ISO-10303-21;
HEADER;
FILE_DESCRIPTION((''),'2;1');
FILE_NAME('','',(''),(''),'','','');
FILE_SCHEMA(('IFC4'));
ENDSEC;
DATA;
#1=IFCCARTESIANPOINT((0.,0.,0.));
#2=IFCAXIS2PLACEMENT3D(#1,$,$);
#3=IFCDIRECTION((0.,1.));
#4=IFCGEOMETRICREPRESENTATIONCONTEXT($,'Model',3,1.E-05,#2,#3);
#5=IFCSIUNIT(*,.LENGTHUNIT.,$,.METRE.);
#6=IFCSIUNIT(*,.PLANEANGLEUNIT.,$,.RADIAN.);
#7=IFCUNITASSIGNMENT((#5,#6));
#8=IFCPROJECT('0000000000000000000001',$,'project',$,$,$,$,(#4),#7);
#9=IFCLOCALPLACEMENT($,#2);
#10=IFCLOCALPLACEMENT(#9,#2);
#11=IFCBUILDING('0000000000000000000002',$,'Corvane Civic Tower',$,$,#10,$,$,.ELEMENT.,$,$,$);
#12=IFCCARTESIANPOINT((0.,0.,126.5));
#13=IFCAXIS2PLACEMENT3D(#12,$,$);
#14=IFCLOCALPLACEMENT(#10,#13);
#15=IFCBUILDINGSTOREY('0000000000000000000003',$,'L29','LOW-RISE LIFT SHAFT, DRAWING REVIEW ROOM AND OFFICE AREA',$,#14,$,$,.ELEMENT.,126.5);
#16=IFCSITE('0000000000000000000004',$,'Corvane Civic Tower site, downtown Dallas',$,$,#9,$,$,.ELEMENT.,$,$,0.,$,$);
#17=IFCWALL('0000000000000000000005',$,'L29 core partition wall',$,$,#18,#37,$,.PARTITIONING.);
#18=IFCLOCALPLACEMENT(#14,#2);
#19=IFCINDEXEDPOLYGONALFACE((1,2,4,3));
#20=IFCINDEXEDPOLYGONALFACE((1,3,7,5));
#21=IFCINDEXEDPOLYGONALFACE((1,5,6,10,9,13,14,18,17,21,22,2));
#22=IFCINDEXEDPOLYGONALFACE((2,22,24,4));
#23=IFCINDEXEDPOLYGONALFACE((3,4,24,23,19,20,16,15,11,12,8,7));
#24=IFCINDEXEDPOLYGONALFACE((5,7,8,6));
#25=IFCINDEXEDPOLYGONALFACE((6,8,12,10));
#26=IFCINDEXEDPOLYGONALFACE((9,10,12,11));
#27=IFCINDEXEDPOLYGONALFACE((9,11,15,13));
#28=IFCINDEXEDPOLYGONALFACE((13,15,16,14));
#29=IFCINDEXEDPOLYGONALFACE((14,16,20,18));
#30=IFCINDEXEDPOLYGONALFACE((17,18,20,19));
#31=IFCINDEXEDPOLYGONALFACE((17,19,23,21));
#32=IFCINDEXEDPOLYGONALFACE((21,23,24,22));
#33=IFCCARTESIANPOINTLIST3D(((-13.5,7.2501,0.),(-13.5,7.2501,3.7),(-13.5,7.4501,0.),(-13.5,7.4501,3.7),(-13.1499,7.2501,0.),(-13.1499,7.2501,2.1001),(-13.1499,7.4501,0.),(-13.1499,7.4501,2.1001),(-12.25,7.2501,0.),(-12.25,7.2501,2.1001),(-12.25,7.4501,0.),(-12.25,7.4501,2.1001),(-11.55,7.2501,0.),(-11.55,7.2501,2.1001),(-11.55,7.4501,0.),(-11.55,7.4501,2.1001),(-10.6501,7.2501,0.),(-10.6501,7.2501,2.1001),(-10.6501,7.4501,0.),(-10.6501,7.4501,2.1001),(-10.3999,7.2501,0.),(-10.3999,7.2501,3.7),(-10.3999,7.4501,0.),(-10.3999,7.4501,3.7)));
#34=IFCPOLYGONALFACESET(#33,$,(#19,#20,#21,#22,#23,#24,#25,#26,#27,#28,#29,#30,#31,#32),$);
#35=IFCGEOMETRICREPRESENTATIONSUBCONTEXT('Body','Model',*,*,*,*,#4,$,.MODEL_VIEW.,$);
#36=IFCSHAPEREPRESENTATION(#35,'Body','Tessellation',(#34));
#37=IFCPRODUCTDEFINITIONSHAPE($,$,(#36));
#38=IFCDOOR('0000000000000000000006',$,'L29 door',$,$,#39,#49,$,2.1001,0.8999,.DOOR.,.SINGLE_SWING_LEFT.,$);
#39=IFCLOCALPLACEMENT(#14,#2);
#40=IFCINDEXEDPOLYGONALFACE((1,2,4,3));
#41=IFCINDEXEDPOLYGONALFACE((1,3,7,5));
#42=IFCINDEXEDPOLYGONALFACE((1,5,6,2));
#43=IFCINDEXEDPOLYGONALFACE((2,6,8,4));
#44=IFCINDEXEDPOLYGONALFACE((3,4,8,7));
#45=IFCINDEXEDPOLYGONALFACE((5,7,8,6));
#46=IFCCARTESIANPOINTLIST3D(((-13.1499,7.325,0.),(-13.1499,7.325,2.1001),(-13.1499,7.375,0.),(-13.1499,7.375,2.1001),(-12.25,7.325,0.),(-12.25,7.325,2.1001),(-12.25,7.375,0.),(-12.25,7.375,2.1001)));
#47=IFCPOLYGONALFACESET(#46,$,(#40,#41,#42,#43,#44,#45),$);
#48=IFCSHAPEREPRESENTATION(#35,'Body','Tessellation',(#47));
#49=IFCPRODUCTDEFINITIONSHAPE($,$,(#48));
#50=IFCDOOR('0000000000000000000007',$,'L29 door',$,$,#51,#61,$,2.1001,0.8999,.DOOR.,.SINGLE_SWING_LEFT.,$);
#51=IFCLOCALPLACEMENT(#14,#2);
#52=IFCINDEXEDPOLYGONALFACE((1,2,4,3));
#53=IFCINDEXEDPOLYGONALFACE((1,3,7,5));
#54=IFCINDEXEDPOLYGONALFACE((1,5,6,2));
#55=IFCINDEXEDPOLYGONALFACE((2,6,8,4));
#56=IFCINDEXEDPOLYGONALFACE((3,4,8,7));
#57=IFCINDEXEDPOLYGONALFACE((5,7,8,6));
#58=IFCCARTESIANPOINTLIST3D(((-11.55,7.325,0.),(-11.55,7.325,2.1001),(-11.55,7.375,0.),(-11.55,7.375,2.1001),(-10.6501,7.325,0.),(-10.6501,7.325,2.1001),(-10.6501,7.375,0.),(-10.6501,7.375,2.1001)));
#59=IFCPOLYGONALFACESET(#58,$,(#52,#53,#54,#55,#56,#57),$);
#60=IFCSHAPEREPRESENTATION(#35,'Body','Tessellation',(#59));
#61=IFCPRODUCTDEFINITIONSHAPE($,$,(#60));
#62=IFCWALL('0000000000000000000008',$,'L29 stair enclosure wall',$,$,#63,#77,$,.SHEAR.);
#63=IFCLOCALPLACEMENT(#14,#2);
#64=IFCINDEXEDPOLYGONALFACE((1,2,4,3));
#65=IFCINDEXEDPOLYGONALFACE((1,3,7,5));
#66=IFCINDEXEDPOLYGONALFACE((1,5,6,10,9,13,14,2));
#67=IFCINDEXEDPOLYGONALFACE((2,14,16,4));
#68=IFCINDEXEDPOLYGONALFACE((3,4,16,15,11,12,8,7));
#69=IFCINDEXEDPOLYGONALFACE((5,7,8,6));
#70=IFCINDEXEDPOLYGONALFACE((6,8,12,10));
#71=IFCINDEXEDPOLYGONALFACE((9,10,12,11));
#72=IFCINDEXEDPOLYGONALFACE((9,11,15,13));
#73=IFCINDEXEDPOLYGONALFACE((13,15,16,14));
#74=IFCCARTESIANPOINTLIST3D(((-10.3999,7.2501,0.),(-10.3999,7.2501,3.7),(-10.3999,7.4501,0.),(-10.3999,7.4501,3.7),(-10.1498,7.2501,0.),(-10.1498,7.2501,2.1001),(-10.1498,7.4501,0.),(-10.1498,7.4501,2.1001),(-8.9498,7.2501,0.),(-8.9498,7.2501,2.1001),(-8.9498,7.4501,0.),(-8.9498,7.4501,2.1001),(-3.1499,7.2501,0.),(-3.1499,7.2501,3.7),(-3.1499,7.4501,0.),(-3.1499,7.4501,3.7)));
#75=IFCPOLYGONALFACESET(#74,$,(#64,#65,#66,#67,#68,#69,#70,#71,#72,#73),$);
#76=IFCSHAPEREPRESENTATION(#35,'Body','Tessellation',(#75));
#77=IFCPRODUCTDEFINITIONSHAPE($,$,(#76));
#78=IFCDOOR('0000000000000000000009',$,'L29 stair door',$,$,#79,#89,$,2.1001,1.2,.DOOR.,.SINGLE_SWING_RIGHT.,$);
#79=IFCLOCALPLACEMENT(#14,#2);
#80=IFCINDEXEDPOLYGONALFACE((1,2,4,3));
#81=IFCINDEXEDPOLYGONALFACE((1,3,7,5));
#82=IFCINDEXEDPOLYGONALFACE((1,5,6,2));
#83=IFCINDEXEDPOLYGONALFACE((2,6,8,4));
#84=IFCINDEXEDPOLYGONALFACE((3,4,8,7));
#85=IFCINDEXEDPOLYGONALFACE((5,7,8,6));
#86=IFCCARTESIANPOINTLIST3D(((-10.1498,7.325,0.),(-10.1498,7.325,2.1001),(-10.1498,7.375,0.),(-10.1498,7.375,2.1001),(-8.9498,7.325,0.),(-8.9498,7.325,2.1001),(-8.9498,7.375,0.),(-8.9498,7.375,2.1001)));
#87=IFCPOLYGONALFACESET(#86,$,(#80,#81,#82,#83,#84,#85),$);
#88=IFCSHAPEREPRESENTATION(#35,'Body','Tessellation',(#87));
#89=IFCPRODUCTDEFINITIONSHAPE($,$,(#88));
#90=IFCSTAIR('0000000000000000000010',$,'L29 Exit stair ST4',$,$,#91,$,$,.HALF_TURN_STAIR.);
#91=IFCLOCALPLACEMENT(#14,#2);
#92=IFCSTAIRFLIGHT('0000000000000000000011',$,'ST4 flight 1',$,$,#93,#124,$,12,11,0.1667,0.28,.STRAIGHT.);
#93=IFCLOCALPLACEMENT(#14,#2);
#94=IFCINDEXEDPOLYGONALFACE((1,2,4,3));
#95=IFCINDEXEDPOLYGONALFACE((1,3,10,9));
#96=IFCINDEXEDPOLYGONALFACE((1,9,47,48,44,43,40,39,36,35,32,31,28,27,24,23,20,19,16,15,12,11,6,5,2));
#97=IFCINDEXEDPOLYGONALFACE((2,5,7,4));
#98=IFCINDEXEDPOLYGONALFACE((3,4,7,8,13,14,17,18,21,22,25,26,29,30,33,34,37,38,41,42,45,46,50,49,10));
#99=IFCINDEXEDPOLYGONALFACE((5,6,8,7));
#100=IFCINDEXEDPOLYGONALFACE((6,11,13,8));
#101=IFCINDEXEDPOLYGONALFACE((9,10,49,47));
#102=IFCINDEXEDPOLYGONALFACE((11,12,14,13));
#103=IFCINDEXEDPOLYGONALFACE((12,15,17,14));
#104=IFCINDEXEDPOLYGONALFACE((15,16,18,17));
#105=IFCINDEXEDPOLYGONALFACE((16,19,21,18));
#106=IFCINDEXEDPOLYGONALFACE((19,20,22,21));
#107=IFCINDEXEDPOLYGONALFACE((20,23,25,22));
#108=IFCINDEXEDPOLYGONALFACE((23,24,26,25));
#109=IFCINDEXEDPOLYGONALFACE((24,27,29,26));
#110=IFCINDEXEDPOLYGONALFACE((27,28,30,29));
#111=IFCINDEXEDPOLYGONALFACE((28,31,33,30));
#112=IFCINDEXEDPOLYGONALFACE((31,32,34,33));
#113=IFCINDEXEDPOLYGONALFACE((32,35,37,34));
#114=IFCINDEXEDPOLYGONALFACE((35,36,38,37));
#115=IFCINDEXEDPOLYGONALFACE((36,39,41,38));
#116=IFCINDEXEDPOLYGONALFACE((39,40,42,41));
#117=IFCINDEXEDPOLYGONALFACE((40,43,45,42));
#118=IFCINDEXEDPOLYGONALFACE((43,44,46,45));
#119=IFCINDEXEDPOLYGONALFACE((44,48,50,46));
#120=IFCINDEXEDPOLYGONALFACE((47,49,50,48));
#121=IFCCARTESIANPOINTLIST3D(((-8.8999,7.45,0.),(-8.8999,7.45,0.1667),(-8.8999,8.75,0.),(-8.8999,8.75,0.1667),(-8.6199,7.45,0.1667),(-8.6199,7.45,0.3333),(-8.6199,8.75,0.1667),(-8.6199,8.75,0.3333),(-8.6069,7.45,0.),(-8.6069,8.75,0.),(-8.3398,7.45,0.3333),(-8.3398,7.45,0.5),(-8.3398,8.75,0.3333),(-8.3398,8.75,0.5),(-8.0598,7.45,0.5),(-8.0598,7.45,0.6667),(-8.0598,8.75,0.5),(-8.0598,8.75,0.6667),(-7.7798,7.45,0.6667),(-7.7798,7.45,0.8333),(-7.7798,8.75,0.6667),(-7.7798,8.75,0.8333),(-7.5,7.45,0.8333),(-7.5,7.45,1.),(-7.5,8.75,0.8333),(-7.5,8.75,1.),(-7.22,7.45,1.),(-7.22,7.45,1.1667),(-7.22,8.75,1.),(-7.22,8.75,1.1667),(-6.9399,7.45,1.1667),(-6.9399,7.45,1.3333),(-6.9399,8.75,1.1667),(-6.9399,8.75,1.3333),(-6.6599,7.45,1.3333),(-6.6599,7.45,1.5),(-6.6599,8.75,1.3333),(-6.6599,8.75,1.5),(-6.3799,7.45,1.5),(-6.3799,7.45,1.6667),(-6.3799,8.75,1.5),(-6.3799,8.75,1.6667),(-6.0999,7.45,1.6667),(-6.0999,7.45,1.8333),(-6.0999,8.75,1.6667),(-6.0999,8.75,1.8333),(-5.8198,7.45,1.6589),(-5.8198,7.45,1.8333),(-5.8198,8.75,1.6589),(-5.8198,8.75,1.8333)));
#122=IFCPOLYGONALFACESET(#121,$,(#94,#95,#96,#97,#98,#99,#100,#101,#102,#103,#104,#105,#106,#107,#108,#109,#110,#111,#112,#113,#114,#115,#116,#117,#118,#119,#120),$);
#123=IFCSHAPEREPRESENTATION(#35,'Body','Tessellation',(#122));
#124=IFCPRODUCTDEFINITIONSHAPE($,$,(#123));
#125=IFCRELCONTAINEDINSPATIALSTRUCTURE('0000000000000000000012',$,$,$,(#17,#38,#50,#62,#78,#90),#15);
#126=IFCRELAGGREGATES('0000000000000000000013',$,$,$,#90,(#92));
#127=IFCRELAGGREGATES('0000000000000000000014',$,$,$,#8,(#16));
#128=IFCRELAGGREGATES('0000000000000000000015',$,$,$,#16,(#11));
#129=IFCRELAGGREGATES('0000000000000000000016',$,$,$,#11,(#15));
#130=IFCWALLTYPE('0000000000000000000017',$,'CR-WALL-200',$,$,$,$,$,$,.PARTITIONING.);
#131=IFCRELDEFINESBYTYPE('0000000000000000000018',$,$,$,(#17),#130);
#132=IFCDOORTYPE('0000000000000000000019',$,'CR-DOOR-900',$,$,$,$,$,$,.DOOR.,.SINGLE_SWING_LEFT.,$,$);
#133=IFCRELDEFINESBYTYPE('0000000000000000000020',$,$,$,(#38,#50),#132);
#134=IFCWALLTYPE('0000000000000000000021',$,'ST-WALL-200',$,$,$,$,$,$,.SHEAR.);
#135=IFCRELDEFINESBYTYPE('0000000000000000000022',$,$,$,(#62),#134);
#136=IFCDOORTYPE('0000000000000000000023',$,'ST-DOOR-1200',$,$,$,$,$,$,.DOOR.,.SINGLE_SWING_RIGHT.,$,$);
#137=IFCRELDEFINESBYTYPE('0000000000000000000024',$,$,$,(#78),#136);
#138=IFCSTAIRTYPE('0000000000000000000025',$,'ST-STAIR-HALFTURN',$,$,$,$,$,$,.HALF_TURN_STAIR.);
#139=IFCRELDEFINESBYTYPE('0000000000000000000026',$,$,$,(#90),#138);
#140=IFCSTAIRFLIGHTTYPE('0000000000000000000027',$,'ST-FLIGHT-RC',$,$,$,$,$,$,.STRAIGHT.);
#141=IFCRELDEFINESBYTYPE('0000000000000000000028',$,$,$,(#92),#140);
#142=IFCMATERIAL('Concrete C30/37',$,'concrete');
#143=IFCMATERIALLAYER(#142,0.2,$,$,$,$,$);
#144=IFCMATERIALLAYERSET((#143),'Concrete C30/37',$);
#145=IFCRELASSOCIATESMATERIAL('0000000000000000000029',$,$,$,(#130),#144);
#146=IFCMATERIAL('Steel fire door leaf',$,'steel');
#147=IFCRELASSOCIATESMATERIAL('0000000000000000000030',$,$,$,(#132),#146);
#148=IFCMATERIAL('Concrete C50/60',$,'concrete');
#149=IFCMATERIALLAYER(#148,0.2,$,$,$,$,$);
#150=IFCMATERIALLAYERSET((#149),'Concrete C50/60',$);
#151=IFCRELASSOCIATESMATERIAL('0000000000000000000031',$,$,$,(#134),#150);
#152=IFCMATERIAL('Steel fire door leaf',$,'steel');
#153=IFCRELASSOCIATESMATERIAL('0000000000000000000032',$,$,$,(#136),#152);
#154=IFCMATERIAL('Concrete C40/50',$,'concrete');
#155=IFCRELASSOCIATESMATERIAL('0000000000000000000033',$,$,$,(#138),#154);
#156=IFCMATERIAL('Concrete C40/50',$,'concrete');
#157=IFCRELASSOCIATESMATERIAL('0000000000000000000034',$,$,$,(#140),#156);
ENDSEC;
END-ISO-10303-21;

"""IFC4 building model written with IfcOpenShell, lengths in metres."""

from ifc_helpers import new_model, si_unit, direction, frame, frame_2d, origin, place, context, subcontext, project, spatial, polyline, rectangle, outline, extrude, material, layer, layer_set, type_object, element, fill, aggregate, save


model = new_model("IFC4")

# Units and contexts
model_context = context("Model", 3, precision=1e-05, world=origin(), true_north=direction((0.0, 1.0)))
body_context = subcontext(model_context, "Body", "Model", "MODEL_VIEW")
ifc_project = project(units=[si_unit("LENGTHUNIT", "METRE"), si_unit("PLANEANGLEUNIT", "RADIAN")], contexts=[model_context])

# Site, building, storey
site_placement = place(None, origin())
site = spatial("IfcSite", under=ifc_project, at=site_placement, Name="Corvane Civic Tower site, downtown Dallas", CompositionType="ELEMENT", RefElevation=0.0)
building_placement = place(site_placement, origin())
building = spatial("IfcBuilding", under=site, at=building_placement, Name="Corvane Civic Tower", CompositionType="ELEMENT")
storey_placement = place(building_placement, frame((0.0, 0.0, 126.5)))
storey = spatial("IfcBuildingStorey", under=building, at=storey_placement, Name="L29", Description="LOW-RISE LIFT SHAFT, DRAWING REVIEW ROOM AND OFFICE AREA", CompositionType="ELEMENT", Elevation=126.5)

# Wall, openings, doors
ifc_material_1 = material(Name="Concrete C30/37", Category="concrete")
ifc_layer_1 = layer(ifc_material_1, 0.2)
ifc_layer_set_1 = layer_set([ifc_layer_1], Name="Concrete C30/37")
wall_type_1 = type_object("IfcWallType", Name="CR-WALL-200", PredefinedType="PARTITIONING", material=ifc_layer_set_1)
ifc_material_2 = material(Name="Steel fire door leaf", Category="steel")
door_type_1 = type_object("IfcDoorType", Name="CR-DOOR-900", OperationType="SINGLE_SWING_LEFT", PredefinedType="DOOR", material=ifc_material_2)
wall_1_placement = place(storey_placement, frame((-13.5, 7.3501, 0.0), z_axis=(0.0, 0.0, 1.0), x_axis=(1.0, 0.0, 0.0)))
wall_1 = element("IfcWall", 1, at=wall_1_placement, inside=storey, type_object=wall_type_1, Name="L29 core partition wall", PredefinedType="PARTITIONING", context=body_context, shape_type="SweptSolid", body=[
    extrude(rectangle(XDim=3.1001, YDim=0.2, at=frame_2d((1.55, 0.0))), origin(), (0.0, 0.0, 1.0), 3.7),
])
opening_1_placement = place(wall_1_placement, frame((0.3501, 0.0, 0.0)))
opening_1 = element("IfcOpeningElement", 2, at=opening_1_placement, cuts=wall_1, PredefinedType="OPENING", context=body_context, shape_type="SweptSolid", body=[
    extrude(rectangle(XDim=0.8999, YDim=2.1001, at=frame_2d((0.45, 1.05))), frame((0.0, 0.1099, 0.0), z_axis=(0.0, -1.0, 0.0), x_axis=(1.0, 0.0, 0.0)), (0.0, 0.0, 1.0), 0.22),
])
opening_2_placement = place(wall_1_placement, frame((1.95, 0.0, 0.0)))
opening_2 = element("IfcOpeningElement", 3, at=opening_2_placement, cuts=wall_1, PredefinedType="OPENING", context=body_context, shape_type="SweptSolid", body=[
    extrude(rectangle(XDim=0.8999, YDim=2.1001, at=frame_2d((0.45, 1.05))), frame((0.0, 0.1099, 0.0), z_axis=(0.0, -1.0, 0.0), x_axis=(1.0, 0.0, 0.0)), (0.0, 0.0, 1.0), 0.22),
])
door_1_placement = place(opening_1_placement, origin())
door_1 = element("IfcDoor", 4, at=door_1_placement, inside=storey, type_object=door_type_1, Name="L29 door", OperationType="SINGLE_SWING_LEFT", OverallHeight=2.1001, OverallWidth=0.8999, PredefinedType="DOOR", context=body_context, shape_type="SweptSolid", body=[
    extrude(rectangle(XDim=0.8999, YDim=2.1001, at=frame_2d((0.45, 1.05))), frame((0.0, 0.0249, 0.0), z_axis=(0.0, -1.0, 0.0), x_axis=(1.0, 0.0, 0.0)), (0.0, 0.0, 1.0), 0.05),
])
fill(opening_1, door_1)
door_2_placement = place(opening_2_placement, origin())
door_2 = element("IfcDoor", 5, at=door_2_placement, inside=storey, type_object=door_type_1, Name="L29 door", OperationType="SINGLE_SWING_LEFT", OverallHeight=2.1001, OverallWidth=0.8999, PredefinedType="DOOR", context=body_context, shape_type="SweptSolid", body=[
    extrude(rectangle(XDim=0.8999, YDim=2.1001, at=frame_2d((0.45, 1.05))), frame((0.0, 0.0249, 0.0), z_axis=(0.0, -1.0, 0.0), x_axis=(1.0, 0.0, 0.0)), (0.0, 0.0, 1.0), 0.05),
])
fill(opening_2, door_2)

# Wall, opening, door
ifc_material_3 = material(Name="Concrete C50/60", Category="concrete")
ifc_layer_2 = layer(ifc_material_3, 0.2)
ifc_layer_set_2 = layer_set([ifc_layer_2], Name="Concrete C50/60")
wall_type_2 = type_object("IfcWallType", Name="ST-WALL-200", PredefinedType="SHEAR", material=ifc_layer_set_2)
wall_2_placement = place(storey_placement, frame((-10.3999, 7.3501, 0.0), z_axis=(0.0, 0.0, 1.0), x_axis=(1.0, 0.0, 0.0)))
wall_2 = element("IfcWall", 6, at=wall_2_placement, inside=storey, type_object=wall_type_2, Name="L29 stair enclosure wall", PredefinedType="SHEAR", context=body_context, shape_type="SweptSolid", body=[
    extrude(rectangle(XDim=7.25, YDim=0.2, at=frame_2d((3.625, 0.0))), origin(), (0.0, 0.0, 1.0), 3.7),
])
opening_3_placement = place(wall_2_placement, frame((0.25, 0.0, 0.0)))
opening_3 = element("IfcOpeningElement", 7, at=opening_3_placement, cuts=wall_2, PredefinedType="OPENING", context=body_context, shape_type="SweptSolid", body=[
    extrude(rectangle(XDim=1.2, YDim=2.1001, at=frame_2d((0.6001, 1.05))), frame((0.0, 0.1099, 0.0), z_axis=(0.0, -1.0, 0.0), x_axis=(1.0, 0.0, 0.0)), (0.0, 0.0, 1.0), 0.22),
])
ifc_material_4 = material(Name="Steel fire door leaf", Category="steel")
door_type_2 = type_object("IfcDoorType", Name="ST-DOOR-1200", OperationType="SINGLE_SWING_RIGHT", PredefinedType="DOOR", material=ifc_material_4)
door_3_placement = place(opening_3_placement, origin())
door_3 = element("IfcDoor", 8, at=door_3_placement, inside=storey, type_object=door_type_2, Name="L29 stair door", OperationType="SINGLE_SWING_RIGHT", OverallHeight=2.1001, OverallWidth=1.2, PredefinedType="DOOR", context=body_context, shape_type="SweptSolid", body=[
    extrude(rectangle(XDim=1.2, YDim=2.1001, at=frame_2d((0.6001, 1.05))), frame((0.0, 0.0249, 0.0), z_axis=(0.0, -1.0, 0.0), x_axis=(1.0, 0.0, 0.0)), (0.0, 0.0, 1.0), 0.05),
])
fill(opening_3, door_3)

# Stair, stair flight
ifc_material_5 = material(Name="Concrete C40/50", Category="concrete")
stair_type = type_object("IfcStairType", Name="ST-STAIR-HALFTURN", PredefinedType="HALF_TURN_STAIR", material=ifc_material_5)
stair_placement = place(storey_placement, origin())
stair = element("IfcStair", 9, at=stair_placement, inside=storey, type_object=stair_type, Name="L29 Exit stair ST4", PredefinedType="HALF_TURN_STAIR")
ifc_material_6 = material(Name="Concrete C40/50", Category="concrete")
stair_flight_type = type_object("IfcStairFlightType", Name="ST-FLIGHT-RC", PredefinedType="STRAIGHT", material=ifc_material_6)
stair_flight_placement = place(storey_placement, frame((-8.8999, 8.1001, 0.0), z_axis=(0.0, 0.0, 1.0), x_axis=(1.0, 0.0, 0.0)))
stair_flight = element("IfcStairFlight", 10, at=stair_flight_placement, type_object=stair_flight_type, Name="ST4 flight 1", NumberOfRisers=12, NumberOfTreads=11, PredefinedType="STRAIGHT", RiserHeight=0.1667, TreadLength=0.28, context=body_context, shape_type="SweptSolid", body=[
    extrude(outline(polyline([(0.0, 0.0), (0.0, 0.1667), (0.28, 0.1667), (0.28, 0.3333), (0.5601, 0.3333), (0.5601, 0.5), (0.8401, 0.5), (0.8401, 0.6667), (1.1201, 0.6667), (1.1201, 0.8333), (1.3999, 0.8333), (1.3999, 1.0), (1.6799, 1.0), (1.6799, 1.1667), (1.96, 1.1667), (1.96, 1.3333), (2.24, 1.3333), (2.24, 1.5), (2.52, 1.5), (2.52, 1.6667), (2.8, 1.6667), (2.8, 1.8333), (3.0801, 1.8333), (3.0801, 2.0), (3.0801, 1.6589), (0.293, 0.0), (0.0, 0.0)])), frame((0.0, 0.6499, 0.0), z_axis=(0.0, -1.0, 0.0), x_axis=(1.0, 0.0, 0.0)), (0.0, 0.0, 1.0), 1.3),
])
aggregate(stair, [stair_flight])

save(model, "model.ifc")
